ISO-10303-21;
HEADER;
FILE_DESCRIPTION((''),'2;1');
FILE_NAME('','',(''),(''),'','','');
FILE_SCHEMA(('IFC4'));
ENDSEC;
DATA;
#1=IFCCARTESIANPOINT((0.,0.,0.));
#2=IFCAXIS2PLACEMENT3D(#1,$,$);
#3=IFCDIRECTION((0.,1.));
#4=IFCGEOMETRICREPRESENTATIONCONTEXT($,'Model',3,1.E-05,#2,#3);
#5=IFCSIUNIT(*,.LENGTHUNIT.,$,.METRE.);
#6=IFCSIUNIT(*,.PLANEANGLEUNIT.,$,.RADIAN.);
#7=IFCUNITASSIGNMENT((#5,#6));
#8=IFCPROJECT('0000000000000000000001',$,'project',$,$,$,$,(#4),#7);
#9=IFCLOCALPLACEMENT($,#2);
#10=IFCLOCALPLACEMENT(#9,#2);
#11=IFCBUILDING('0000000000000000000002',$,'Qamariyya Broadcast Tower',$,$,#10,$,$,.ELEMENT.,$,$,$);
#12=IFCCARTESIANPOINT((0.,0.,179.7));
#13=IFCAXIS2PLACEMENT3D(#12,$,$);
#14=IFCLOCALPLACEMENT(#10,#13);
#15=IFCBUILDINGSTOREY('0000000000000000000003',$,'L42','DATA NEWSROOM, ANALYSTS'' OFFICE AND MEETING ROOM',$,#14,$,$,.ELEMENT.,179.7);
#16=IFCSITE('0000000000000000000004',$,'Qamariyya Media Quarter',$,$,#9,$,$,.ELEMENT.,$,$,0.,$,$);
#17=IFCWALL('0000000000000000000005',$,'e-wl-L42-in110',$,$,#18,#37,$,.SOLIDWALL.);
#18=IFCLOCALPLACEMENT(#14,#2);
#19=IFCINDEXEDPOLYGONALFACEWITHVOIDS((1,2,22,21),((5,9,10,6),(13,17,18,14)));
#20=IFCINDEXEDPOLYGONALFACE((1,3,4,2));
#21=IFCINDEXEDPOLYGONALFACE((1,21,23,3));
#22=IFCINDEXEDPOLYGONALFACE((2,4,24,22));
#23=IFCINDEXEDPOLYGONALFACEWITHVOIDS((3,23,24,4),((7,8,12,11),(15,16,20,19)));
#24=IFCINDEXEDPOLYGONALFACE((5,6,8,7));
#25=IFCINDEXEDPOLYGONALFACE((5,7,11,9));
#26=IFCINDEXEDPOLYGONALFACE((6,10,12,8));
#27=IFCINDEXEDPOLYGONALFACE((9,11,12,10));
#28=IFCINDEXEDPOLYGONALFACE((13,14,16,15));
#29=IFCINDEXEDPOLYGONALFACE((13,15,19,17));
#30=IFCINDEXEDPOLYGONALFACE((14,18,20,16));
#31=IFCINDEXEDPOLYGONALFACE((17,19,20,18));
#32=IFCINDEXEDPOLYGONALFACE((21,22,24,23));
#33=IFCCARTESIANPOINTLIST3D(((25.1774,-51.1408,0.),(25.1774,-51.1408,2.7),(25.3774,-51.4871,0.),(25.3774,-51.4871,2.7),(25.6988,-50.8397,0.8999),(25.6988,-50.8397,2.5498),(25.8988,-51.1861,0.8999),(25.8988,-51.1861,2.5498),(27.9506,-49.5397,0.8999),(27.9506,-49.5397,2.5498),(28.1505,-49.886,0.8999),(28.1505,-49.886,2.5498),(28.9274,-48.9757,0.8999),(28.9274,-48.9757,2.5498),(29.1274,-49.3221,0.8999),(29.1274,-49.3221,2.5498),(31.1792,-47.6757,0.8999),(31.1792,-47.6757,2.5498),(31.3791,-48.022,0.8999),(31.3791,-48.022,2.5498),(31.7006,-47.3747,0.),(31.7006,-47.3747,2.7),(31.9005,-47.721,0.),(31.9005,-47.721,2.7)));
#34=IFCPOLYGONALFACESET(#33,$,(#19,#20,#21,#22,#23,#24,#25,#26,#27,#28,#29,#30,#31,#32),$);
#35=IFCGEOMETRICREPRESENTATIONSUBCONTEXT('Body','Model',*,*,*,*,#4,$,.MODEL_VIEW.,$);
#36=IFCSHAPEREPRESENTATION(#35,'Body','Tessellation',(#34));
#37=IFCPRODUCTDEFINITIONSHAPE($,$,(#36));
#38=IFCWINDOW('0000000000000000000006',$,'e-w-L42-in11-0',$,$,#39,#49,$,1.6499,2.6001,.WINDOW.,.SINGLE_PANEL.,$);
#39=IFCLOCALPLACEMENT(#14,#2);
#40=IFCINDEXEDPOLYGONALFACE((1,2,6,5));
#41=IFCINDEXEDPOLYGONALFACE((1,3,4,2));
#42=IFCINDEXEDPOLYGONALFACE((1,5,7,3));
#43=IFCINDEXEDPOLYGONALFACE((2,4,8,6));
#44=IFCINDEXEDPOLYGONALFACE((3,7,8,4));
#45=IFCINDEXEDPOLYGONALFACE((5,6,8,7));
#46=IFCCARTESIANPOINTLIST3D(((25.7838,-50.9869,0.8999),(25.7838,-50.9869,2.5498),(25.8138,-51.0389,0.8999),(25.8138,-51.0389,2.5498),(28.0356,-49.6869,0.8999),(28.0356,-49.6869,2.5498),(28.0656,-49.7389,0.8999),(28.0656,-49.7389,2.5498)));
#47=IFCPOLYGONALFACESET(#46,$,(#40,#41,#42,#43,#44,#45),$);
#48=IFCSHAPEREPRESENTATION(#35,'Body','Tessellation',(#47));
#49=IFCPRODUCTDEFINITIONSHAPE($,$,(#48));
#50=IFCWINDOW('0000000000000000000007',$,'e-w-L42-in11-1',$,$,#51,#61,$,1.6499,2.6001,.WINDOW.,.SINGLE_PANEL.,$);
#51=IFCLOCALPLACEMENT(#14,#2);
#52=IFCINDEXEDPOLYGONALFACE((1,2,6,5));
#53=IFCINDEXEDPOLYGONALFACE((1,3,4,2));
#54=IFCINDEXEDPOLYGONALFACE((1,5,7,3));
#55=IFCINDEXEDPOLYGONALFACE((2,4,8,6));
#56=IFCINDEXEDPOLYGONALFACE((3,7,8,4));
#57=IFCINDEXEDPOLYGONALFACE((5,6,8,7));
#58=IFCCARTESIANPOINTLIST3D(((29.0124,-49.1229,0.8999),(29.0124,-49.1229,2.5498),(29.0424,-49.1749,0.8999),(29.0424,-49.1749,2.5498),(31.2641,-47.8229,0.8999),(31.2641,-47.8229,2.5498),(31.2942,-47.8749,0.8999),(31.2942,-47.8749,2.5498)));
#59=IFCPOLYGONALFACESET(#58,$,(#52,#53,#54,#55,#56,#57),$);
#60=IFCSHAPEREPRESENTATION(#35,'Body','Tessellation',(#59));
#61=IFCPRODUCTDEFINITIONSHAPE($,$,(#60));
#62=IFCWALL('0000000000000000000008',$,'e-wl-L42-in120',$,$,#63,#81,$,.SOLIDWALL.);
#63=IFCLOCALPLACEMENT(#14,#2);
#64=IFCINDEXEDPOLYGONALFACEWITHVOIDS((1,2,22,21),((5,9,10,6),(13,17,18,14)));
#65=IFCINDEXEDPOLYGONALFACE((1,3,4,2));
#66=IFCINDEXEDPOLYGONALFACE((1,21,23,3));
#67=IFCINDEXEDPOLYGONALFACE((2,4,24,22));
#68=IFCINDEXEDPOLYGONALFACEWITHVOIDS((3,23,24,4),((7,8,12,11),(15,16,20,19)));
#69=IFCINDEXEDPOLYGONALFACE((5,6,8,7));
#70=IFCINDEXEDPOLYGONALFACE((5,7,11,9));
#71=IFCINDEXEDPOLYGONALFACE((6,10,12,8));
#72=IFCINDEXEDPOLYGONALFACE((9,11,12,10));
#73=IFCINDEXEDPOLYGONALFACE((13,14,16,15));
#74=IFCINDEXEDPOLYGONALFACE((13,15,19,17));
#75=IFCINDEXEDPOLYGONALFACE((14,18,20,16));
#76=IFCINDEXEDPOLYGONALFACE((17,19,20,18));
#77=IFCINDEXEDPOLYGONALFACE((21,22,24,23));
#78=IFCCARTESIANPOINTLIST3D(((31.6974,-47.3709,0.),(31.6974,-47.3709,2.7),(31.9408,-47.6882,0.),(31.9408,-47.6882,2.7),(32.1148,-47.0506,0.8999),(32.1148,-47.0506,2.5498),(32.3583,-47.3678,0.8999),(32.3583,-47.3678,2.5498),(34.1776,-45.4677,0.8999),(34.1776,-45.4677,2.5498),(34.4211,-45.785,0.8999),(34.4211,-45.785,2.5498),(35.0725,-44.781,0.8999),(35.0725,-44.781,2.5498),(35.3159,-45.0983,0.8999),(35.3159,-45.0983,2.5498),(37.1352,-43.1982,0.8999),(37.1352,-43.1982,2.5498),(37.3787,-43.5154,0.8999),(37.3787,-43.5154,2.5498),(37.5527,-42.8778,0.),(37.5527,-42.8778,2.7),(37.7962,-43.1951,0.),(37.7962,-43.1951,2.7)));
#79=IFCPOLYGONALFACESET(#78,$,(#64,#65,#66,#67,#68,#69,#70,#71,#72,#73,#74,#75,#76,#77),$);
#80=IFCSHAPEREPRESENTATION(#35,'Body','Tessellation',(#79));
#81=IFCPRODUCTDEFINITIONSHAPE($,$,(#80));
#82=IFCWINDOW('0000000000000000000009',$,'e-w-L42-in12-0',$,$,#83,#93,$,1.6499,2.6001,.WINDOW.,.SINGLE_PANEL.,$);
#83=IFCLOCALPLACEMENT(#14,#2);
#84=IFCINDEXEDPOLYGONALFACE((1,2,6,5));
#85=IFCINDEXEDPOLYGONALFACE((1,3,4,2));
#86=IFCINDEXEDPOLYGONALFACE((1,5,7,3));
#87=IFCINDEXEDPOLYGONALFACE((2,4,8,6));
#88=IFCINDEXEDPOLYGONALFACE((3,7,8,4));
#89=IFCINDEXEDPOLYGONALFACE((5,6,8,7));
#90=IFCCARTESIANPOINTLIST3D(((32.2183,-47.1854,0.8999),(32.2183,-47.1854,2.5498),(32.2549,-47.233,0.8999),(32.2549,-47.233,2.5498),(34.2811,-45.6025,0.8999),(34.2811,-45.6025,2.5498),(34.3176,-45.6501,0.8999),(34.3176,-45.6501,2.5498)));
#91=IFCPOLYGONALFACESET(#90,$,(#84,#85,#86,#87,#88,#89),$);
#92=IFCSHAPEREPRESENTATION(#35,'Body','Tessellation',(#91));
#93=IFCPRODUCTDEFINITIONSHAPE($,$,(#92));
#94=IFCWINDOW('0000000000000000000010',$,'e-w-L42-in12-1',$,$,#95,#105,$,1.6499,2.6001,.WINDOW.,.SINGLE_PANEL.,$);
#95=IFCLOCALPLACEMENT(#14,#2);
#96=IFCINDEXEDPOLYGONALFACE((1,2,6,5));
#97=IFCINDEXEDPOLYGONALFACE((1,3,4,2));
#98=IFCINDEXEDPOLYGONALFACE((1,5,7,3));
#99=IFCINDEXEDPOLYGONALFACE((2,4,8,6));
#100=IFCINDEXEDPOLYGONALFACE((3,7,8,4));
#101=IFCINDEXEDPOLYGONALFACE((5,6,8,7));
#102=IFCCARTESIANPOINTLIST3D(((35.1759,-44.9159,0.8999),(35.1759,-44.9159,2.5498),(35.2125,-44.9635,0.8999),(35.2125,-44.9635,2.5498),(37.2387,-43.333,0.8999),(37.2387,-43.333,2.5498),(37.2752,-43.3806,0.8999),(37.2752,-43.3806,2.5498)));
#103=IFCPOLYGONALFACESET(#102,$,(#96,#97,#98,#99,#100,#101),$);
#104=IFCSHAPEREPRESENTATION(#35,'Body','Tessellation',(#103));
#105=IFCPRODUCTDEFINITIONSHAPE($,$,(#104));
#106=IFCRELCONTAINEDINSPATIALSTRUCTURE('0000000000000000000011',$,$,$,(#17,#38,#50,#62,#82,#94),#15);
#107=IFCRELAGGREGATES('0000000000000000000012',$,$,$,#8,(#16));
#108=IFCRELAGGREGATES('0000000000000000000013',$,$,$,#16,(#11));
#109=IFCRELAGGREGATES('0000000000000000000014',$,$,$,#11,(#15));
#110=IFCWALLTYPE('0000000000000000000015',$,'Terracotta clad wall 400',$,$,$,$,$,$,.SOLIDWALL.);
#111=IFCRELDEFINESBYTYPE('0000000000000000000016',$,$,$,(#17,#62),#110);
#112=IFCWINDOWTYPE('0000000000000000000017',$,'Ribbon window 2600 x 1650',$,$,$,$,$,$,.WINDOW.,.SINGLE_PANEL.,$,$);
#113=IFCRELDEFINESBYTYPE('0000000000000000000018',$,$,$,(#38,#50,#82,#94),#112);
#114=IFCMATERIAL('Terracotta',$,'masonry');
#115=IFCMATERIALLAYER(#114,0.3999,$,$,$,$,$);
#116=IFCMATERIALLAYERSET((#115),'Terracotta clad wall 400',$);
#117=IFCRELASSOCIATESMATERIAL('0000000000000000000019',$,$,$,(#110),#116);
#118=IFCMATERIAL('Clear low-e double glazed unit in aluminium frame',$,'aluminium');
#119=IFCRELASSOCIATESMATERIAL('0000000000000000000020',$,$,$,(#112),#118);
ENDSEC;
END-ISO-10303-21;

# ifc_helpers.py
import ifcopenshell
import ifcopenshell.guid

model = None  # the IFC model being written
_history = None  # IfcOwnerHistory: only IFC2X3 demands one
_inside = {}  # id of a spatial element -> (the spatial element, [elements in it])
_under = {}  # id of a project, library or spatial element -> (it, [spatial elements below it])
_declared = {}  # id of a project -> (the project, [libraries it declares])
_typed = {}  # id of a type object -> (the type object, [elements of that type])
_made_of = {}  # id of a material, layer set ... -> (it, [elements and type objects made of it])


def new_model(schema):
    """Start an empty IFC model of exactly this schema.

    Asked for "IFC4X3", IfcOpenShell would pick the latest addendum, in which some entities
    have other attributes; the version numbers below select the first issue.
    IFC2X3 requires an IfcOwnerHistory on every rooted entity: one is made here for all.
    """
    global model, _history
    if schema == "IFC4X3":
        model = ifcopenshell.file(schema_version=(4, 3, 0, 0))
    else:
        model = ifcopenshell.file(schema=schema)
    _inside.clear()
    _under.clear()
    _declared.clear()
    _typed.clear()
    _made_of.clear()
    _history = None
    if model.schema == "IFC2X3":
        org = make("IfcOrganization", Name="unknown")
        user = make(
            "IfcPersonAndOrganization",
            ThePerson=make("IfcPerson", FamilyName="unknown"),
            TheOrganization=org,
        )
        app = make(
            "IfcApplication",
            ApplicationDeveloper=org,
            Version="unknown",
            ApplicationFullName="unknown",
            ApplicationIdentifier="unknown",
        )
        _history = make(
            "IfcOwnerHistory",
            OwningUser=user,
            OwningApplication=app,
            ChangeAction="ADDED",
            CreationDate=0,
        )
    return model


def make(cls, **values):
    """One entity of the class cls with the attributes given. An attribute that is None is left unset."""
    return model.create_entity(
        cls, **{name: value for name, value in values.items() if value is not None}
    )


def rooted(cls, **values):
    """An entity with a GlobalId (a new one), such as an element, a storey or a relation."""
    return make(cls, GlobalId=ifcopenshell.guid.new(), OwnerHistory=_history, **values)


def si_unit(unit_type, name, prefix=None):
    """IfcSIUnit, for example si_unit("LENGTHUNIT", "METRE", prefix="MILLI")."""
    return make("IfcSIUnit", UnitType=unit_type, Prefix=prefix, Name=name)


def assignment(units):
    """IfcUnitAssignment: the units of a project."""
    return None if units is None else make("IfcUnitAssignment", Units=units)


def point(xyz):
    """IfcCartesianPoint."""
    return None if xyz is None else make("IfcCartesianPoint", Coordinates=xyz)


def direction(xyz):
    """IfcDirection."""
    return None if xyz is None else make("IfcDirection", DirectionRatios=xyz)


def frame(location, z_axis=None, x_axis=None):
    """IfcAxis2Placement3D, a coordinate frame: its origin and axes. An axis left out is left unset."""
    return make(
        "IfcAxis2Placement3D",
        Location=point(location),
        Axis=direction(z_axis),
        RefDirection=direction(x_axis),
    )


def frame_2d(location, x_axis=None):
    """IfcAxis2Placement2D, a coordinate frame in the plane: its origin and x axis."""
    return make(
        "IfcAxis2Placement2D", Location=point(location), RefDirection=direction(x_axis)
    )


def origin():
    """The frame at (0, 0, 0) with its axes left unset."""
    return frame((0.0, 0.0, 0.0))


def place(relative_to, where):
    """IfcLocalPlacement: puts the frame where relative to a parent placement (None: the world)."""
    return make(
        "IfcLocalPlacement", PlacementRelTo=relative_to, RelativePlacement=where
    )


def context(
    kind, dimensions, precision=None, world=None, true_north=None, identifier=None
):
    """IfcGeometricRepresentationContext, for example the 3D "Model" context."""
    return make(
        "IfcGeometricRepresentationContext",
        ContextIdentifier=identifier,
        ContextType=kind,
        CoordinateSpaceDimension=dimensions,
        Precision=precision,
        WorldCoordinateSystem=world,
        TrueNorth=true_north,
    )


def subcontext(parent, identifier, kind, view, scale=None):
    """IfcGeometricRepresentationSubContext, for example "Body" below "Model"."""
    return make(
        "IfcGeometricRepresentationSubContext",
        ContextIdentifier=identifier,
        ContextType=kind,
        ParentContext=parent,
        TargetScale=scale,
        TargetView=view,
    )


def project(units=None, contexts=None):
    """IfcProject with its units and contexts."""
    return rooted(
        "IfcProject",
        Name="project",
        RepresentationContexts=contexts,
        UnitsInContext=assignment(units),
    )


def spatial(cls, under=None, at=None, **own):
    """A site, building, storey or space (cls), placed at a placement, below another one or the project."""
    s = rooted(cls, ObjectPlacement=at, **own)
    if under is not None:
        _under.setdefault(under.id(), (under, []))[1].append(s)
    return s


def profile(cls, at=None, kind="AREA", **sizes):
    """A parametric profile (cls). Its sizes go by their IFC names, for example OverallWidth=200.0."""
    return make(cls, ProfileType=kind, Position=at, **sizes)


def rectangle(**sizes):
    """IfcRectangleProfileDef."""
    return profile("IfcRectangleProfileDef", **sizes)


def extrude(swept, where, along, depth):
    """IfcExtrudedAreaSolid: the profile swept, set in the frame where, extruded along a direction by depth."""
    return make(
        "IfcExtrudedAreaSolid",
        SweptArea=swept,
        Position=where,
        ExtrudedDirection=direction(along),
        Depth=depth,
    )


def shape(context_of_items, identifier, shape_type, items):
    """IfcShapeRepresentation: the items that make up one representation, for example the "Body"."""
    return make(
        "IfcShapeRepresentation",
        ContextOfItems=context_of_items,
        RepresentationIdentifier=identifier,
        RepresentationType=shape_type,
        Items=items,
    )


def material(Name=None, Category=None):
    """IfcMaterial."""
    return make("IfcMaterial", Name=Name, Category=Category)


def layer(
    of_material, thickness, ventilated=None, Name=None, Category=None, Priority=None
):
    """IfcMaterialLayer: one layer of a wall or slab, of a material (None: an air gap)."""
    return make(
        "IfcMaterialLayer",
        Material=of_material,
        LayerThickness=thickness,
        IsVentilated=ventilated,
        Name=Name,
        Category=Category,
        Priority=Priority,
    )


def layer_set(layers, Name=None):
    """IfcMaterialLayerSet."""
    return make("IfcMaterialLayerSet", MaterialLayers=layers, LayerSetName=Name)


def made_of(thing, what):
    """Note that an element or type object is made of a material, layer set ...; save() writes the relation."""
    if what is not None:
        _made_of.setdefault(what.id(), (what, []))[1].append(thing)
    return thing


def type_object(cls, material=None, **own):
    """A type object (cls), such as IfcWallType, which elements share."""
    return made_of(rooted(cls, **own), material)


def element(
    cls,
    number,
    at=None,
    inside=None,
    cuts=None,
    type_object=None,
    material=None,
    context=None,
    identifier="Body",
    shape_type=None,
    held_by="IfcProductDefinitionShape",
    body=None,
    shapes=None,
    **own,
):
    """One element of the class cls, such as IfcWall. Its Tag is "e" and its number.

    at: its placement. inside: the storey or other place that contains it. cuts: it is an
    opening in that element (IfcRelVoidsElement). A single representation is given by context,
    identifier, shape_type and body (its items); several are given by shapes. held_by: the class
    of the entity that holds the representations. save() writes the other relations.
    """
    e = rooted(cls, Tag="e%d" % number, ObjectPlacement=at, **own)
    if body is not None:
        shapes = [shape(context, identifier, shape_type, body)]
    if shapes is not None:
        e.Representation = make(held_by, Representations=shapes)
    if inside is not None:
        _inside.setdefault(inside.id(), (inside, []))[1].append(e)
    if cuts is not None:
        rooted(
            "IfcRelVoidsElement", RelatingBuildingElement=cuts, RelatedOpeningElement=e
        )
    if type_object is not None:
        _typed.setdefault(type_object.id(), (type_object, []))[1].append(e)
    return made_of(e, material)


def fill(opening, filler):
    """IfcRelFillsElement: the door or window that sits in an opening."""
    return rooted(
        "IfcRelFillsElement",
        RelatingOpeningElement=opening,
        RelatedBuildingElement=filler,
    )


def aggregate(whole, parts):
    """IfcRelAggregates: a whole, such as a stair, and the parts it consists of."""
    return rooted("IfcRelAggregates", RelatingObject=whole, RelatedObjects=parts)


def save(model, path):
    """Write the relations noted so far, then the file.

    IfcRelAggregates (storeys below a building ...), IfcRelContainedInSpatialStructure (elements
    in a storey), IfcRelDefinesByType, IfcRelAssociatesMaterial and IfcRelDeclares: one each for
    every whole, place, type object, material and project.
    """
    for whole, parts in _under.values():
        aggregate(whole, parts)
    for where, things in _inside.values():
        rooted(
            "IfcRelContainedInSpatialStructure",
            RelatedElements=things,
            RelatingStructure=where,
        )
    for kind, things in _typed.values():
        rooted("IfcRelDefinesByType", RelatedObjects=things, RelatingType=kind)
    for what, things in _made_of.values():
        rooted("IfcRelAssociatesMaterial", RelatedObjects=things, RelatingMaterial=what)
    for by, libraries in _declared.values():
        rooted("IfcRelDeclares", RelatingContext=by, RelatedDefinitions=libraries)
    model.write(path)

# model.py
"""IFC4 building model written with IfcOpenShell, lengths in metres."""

from ifc_helpers import new_model, si_unit, direction, frame, frame_2d, origin, place, context, subcontext, project, spatial, rectangle, extrude, material, layer, layer_set, type_object, element, fill, save


model = new_model("IFC4")

# Units and contexts
model_context = context("Model", 3, precision=1e-05, world=origin(), true_north=direction((0.0, 1.0)))
body_context = subcontext(model_context, "Body", "Model", "MODEL_VIEW")
ifc_project = project(units=[si_unit("LENGTHUNIT", "METRE"), si_unit("PLANEANGLEUNIT", "RADIAN")], contexts=[model_context])

# Site, building, storey
site_placement = place(None, origin())
site = spatial("IfcSite", under=ifc_project, at=site_placement, Name="Qamariyya Media Quarter", CompositionType="ELEMENT", RefElevation=0.0)
building_placement = place(site_placement, origin())
building = spatial("IfcBuilding", under=site, at=building_placement, Name="Qamariyya Broadcast Tower", CompositionType="ELEMENT")
storey_placement = place(building_placement, frame((0.0, 0.0, 179.7)))
storey = spatial("IfcBuildingStorey", under=building, at=storey_placement, Name="L42", Description="DATA NEWSROOM, ANALYSTS' OFFICE AND MEETING ROOM", CompositionType="ELEMENT", Elevation=179.7)

# Walls, openings, windows
ifc_material_1 = material(Name="Terracotta", Category="masonry")
ifc_layer = layer(ifc_material_1, 0.3999)
ifc_layer_set = layer_set([ifc_layer], Name="Terracotta clad wall 400")
wall_type = type_object("IfcWallType", Name="Terracotta clad wall 400", PredefinedType="SOLIDWALL", material=ifc_layer_set)
wall_1_placement = place(storey_placement, frame((31.8005, -47.5479, 0.0), z_axis=(0.0, 0.0, 1.0), x_axis=(-0.866029, -0.499995, 0.0)))
wall_1 = element("IfcWall", 1, at=wall_1_placement, inside=storey, type_object=wall_type, Name="e-wl-L42-in110", PredefinedType="SOLIDWALL", context=body_context, shape_type="SweptSolid", body=[
    extrude(rectangle(XDim=7.5322, YDim=0.3999, at=frame_2d((3.7661, 0.0))), origin(), (0.0, 0.0, 1.0), 2.7),
])
opening_1_placement = place(wall_1_placement, frame((4.3301, 0.0, 0.8999)))
opening_1 = element("IfcOpeningElement", 2, at=opening_1_placement, cuts=wall_1, PredefinedType="OPENING", context=body_context, shape_type="SweptSolid", body=[
    extrude(rectangle(XDim=2.6001, YDim=1.6499, at=frame_2d((1.3, 0.825))), frame((0.0, 0.21, 0.0), z_axis=(0.0, -1.0, 0.0), x_axis=(1.0, 0.0, 0.0)), (0.0, 0.0, 1.0), 0.4199),
])
opening_2_placement = place(wall_1_placement, frame((0.6021, 0.0, 0.8999)))
opening_2 = element("IfcOpeningElement", 3, at=opening_2_placement, cuts=wall_1, PredefinedType="OPENING", context=body_context, shape_type="SweptSolid", body=[
    extrude(rectangle(XDim=2.6001, YDim=1.6499, at=frame_2d((1.3, 0.825))), frame((0.0, 0.21, 0.0), z_axis=(0.0, -1.0, 0.0), x_axis=(1.0, 0.0, 0.0)), (0.0, 0.0, 1.0), 0.4199),
])
ifc_material_2 = material(Name="Clear low-e double glazed unit in aluminium frame", Category="aluminium")
window_type = type_object("IfcWindowType", Name="Ribbon window 2600 x 1650", PartitioningType="SINGLE_PANEL", PredefinedType="WINDOW", material=ifc_material_2)
window_1_placement = place(opening_1_placement, origin())
window_1 = element("IfcWindow", 4, at=window_1_placement, inside=storey, type_object=window_type, Name="e-w-L42-in11-0", OverallHeight=1.6499, OverallWidth=2.6001, PartitioningType="SINGLE_PANEL", PredefinedType="WINDOW", context=body_context, shape_type="SweptSolid", body=[
    extrude(rectangle(XDim=2.6001, YDim=1.6499, at=frame_2d((1.3, 0.825))), frame((0.0, 0.03, 0.0), z_axis=(0.0, -1.0, 0.0), x_axis=(1.0, 0.0, 0.0)), (0.0, 0.0, 1.0), 0.0601),
])
fill(opening_1, window_1)
window_2_placement = place(opening_2_placement, origin())
window_2 = element("IfcWindow", 5, at=window_2_placement, inside=storey, type_object=window_type, Name="e-w-L42-in11-1", OverallHeight=1.6499, OverallWidth=2.6001, PartitioningType="SINGLE_PANEL", PredefinedType="WINDOW", context=body_context, shape_type="SweptSolid", body=[
    extrude(rectangle(XDim=2.6001, YDim=1.6499, at=frame_2d((1.3, 0.825))), frame((0.0, 0.03, 0.0), z_axis=(0.0, -1.0, 0.0), x_axis=(1.0, 0.0, 0.0)), (0.0, 0.0, 1.0), 0.0601),
])
fill(opening_2, window_2)
wall_2_placement = place(storey_placement, frame((37.6746, -43.0364, 0.0), z_axis=(0.0, 0.0, 1.0), x_axis=(-0.793346, -0.60877, 0.0)))
wall_2 = element("IfcWall", 6, at=wall_2_placement, inside=storey, type_object=wall_type, Name="e-wl-L42-in120", PredefinedType="SOLIDWALL", context=body_context, shape_type="SweptSolid", body=[
    extrude(rectangle(XDim=7.3806, YDim=0.3999, at=frame_2d((3.6904, 0.0))), origin(), (0.0, 0.0, 1.0), 2.7),
])
opening_3_placement = place(wall_2_placement, frame((4.2544, 0.0, 0.8999)))
opening_3 = element("IfcOpeningElement", 7, at=opening_3_placement, cuts=wall_2, PredefinedType="OPENING", context=body_context, shape_type="SweptSolid", body=[
    extrude(rectangle(XDim=2.6001, YDim=1.6499, at=frame_2d((1.3, 0.825))), frame((0.0, 0.21, 0.0), z_axis=(0.0, -1.0, 0.0), x_axis=(1.0, 0.0, 0.0)), (0.0, 0.0, 1.0), 0.4199),
])
opening_4_placement = place(wall_2_placement, frame((0.5264, 0.0, 0.8999)))
opening_4 = element("IfcOpeningElement", 8, at=opening_4_placement, cuts=wall_2, PredefinedType="OPENING", context=body_context, shape_type="SweptSolid", body=[
    extrude(rectangle(XDim=2.6001, YDim=1.6499, at=frame_2d((1.3, 0.825))), frame((0.0, 0.21, 0.0), z_axis=(0.0, -1.0, 0.0), x_axis=(1.0, 0.0, 0.0)), (0.0, 0.0, 1.0), 0.4199),
])
window_3_placement = place(opening_3_placement, origin())
window_3 = element("IfcWindow", 9, at=window_3_placement, inside=storey, type_object=window_type, Name="e-w-L42-in12-0", OverallHeight=1.6499, OverallWidth=2.6001, PartitioningType="SINGLE_PANEL", PredefinedType="WINDOW", context=body_context, shape_type="SweptSolid", body=[
    extrude(rectangle(XDim=2.6001, YDim=1.6499, at=frame_2d((1.3, 0.825))), frame((0.0, 0.03, 0.0), z_axis=(0.0, -1.0, 0.0), x_axis=(1.0, 0.0, 0.0)), (0.0, 0.0, 1.0), 0.0601),
])
fill(opening_3, window_3)
window_4_placement = place(opening_4_placement, origin())
window_4 = element("IfcWindow", 10, at=window_4_placement, inside=storey, type_object=window_type, Name="e-w-L42-in12-1", OverallHeight=1.6499, OverallWidth=2.6001, PartitioningType="SINGLE_PANEL", PredefinedType="WINDOW", context=body_context, shape_type="SweptSolid", body=[
    extrude(rectangle(XDim=2.6001, YDim=1.6499, at=frame_2d((1.3, 0.825))), frame((0.0, 0.03, 0.0), z_axis=(0.0, -1.0, 0.0), x_axis=(1.0, 0.0, 0.0)), (0.0, 0.0, 1.0), 0.0601),
])
fill(opening_4, window_4)

save(model, "model.ifc")
